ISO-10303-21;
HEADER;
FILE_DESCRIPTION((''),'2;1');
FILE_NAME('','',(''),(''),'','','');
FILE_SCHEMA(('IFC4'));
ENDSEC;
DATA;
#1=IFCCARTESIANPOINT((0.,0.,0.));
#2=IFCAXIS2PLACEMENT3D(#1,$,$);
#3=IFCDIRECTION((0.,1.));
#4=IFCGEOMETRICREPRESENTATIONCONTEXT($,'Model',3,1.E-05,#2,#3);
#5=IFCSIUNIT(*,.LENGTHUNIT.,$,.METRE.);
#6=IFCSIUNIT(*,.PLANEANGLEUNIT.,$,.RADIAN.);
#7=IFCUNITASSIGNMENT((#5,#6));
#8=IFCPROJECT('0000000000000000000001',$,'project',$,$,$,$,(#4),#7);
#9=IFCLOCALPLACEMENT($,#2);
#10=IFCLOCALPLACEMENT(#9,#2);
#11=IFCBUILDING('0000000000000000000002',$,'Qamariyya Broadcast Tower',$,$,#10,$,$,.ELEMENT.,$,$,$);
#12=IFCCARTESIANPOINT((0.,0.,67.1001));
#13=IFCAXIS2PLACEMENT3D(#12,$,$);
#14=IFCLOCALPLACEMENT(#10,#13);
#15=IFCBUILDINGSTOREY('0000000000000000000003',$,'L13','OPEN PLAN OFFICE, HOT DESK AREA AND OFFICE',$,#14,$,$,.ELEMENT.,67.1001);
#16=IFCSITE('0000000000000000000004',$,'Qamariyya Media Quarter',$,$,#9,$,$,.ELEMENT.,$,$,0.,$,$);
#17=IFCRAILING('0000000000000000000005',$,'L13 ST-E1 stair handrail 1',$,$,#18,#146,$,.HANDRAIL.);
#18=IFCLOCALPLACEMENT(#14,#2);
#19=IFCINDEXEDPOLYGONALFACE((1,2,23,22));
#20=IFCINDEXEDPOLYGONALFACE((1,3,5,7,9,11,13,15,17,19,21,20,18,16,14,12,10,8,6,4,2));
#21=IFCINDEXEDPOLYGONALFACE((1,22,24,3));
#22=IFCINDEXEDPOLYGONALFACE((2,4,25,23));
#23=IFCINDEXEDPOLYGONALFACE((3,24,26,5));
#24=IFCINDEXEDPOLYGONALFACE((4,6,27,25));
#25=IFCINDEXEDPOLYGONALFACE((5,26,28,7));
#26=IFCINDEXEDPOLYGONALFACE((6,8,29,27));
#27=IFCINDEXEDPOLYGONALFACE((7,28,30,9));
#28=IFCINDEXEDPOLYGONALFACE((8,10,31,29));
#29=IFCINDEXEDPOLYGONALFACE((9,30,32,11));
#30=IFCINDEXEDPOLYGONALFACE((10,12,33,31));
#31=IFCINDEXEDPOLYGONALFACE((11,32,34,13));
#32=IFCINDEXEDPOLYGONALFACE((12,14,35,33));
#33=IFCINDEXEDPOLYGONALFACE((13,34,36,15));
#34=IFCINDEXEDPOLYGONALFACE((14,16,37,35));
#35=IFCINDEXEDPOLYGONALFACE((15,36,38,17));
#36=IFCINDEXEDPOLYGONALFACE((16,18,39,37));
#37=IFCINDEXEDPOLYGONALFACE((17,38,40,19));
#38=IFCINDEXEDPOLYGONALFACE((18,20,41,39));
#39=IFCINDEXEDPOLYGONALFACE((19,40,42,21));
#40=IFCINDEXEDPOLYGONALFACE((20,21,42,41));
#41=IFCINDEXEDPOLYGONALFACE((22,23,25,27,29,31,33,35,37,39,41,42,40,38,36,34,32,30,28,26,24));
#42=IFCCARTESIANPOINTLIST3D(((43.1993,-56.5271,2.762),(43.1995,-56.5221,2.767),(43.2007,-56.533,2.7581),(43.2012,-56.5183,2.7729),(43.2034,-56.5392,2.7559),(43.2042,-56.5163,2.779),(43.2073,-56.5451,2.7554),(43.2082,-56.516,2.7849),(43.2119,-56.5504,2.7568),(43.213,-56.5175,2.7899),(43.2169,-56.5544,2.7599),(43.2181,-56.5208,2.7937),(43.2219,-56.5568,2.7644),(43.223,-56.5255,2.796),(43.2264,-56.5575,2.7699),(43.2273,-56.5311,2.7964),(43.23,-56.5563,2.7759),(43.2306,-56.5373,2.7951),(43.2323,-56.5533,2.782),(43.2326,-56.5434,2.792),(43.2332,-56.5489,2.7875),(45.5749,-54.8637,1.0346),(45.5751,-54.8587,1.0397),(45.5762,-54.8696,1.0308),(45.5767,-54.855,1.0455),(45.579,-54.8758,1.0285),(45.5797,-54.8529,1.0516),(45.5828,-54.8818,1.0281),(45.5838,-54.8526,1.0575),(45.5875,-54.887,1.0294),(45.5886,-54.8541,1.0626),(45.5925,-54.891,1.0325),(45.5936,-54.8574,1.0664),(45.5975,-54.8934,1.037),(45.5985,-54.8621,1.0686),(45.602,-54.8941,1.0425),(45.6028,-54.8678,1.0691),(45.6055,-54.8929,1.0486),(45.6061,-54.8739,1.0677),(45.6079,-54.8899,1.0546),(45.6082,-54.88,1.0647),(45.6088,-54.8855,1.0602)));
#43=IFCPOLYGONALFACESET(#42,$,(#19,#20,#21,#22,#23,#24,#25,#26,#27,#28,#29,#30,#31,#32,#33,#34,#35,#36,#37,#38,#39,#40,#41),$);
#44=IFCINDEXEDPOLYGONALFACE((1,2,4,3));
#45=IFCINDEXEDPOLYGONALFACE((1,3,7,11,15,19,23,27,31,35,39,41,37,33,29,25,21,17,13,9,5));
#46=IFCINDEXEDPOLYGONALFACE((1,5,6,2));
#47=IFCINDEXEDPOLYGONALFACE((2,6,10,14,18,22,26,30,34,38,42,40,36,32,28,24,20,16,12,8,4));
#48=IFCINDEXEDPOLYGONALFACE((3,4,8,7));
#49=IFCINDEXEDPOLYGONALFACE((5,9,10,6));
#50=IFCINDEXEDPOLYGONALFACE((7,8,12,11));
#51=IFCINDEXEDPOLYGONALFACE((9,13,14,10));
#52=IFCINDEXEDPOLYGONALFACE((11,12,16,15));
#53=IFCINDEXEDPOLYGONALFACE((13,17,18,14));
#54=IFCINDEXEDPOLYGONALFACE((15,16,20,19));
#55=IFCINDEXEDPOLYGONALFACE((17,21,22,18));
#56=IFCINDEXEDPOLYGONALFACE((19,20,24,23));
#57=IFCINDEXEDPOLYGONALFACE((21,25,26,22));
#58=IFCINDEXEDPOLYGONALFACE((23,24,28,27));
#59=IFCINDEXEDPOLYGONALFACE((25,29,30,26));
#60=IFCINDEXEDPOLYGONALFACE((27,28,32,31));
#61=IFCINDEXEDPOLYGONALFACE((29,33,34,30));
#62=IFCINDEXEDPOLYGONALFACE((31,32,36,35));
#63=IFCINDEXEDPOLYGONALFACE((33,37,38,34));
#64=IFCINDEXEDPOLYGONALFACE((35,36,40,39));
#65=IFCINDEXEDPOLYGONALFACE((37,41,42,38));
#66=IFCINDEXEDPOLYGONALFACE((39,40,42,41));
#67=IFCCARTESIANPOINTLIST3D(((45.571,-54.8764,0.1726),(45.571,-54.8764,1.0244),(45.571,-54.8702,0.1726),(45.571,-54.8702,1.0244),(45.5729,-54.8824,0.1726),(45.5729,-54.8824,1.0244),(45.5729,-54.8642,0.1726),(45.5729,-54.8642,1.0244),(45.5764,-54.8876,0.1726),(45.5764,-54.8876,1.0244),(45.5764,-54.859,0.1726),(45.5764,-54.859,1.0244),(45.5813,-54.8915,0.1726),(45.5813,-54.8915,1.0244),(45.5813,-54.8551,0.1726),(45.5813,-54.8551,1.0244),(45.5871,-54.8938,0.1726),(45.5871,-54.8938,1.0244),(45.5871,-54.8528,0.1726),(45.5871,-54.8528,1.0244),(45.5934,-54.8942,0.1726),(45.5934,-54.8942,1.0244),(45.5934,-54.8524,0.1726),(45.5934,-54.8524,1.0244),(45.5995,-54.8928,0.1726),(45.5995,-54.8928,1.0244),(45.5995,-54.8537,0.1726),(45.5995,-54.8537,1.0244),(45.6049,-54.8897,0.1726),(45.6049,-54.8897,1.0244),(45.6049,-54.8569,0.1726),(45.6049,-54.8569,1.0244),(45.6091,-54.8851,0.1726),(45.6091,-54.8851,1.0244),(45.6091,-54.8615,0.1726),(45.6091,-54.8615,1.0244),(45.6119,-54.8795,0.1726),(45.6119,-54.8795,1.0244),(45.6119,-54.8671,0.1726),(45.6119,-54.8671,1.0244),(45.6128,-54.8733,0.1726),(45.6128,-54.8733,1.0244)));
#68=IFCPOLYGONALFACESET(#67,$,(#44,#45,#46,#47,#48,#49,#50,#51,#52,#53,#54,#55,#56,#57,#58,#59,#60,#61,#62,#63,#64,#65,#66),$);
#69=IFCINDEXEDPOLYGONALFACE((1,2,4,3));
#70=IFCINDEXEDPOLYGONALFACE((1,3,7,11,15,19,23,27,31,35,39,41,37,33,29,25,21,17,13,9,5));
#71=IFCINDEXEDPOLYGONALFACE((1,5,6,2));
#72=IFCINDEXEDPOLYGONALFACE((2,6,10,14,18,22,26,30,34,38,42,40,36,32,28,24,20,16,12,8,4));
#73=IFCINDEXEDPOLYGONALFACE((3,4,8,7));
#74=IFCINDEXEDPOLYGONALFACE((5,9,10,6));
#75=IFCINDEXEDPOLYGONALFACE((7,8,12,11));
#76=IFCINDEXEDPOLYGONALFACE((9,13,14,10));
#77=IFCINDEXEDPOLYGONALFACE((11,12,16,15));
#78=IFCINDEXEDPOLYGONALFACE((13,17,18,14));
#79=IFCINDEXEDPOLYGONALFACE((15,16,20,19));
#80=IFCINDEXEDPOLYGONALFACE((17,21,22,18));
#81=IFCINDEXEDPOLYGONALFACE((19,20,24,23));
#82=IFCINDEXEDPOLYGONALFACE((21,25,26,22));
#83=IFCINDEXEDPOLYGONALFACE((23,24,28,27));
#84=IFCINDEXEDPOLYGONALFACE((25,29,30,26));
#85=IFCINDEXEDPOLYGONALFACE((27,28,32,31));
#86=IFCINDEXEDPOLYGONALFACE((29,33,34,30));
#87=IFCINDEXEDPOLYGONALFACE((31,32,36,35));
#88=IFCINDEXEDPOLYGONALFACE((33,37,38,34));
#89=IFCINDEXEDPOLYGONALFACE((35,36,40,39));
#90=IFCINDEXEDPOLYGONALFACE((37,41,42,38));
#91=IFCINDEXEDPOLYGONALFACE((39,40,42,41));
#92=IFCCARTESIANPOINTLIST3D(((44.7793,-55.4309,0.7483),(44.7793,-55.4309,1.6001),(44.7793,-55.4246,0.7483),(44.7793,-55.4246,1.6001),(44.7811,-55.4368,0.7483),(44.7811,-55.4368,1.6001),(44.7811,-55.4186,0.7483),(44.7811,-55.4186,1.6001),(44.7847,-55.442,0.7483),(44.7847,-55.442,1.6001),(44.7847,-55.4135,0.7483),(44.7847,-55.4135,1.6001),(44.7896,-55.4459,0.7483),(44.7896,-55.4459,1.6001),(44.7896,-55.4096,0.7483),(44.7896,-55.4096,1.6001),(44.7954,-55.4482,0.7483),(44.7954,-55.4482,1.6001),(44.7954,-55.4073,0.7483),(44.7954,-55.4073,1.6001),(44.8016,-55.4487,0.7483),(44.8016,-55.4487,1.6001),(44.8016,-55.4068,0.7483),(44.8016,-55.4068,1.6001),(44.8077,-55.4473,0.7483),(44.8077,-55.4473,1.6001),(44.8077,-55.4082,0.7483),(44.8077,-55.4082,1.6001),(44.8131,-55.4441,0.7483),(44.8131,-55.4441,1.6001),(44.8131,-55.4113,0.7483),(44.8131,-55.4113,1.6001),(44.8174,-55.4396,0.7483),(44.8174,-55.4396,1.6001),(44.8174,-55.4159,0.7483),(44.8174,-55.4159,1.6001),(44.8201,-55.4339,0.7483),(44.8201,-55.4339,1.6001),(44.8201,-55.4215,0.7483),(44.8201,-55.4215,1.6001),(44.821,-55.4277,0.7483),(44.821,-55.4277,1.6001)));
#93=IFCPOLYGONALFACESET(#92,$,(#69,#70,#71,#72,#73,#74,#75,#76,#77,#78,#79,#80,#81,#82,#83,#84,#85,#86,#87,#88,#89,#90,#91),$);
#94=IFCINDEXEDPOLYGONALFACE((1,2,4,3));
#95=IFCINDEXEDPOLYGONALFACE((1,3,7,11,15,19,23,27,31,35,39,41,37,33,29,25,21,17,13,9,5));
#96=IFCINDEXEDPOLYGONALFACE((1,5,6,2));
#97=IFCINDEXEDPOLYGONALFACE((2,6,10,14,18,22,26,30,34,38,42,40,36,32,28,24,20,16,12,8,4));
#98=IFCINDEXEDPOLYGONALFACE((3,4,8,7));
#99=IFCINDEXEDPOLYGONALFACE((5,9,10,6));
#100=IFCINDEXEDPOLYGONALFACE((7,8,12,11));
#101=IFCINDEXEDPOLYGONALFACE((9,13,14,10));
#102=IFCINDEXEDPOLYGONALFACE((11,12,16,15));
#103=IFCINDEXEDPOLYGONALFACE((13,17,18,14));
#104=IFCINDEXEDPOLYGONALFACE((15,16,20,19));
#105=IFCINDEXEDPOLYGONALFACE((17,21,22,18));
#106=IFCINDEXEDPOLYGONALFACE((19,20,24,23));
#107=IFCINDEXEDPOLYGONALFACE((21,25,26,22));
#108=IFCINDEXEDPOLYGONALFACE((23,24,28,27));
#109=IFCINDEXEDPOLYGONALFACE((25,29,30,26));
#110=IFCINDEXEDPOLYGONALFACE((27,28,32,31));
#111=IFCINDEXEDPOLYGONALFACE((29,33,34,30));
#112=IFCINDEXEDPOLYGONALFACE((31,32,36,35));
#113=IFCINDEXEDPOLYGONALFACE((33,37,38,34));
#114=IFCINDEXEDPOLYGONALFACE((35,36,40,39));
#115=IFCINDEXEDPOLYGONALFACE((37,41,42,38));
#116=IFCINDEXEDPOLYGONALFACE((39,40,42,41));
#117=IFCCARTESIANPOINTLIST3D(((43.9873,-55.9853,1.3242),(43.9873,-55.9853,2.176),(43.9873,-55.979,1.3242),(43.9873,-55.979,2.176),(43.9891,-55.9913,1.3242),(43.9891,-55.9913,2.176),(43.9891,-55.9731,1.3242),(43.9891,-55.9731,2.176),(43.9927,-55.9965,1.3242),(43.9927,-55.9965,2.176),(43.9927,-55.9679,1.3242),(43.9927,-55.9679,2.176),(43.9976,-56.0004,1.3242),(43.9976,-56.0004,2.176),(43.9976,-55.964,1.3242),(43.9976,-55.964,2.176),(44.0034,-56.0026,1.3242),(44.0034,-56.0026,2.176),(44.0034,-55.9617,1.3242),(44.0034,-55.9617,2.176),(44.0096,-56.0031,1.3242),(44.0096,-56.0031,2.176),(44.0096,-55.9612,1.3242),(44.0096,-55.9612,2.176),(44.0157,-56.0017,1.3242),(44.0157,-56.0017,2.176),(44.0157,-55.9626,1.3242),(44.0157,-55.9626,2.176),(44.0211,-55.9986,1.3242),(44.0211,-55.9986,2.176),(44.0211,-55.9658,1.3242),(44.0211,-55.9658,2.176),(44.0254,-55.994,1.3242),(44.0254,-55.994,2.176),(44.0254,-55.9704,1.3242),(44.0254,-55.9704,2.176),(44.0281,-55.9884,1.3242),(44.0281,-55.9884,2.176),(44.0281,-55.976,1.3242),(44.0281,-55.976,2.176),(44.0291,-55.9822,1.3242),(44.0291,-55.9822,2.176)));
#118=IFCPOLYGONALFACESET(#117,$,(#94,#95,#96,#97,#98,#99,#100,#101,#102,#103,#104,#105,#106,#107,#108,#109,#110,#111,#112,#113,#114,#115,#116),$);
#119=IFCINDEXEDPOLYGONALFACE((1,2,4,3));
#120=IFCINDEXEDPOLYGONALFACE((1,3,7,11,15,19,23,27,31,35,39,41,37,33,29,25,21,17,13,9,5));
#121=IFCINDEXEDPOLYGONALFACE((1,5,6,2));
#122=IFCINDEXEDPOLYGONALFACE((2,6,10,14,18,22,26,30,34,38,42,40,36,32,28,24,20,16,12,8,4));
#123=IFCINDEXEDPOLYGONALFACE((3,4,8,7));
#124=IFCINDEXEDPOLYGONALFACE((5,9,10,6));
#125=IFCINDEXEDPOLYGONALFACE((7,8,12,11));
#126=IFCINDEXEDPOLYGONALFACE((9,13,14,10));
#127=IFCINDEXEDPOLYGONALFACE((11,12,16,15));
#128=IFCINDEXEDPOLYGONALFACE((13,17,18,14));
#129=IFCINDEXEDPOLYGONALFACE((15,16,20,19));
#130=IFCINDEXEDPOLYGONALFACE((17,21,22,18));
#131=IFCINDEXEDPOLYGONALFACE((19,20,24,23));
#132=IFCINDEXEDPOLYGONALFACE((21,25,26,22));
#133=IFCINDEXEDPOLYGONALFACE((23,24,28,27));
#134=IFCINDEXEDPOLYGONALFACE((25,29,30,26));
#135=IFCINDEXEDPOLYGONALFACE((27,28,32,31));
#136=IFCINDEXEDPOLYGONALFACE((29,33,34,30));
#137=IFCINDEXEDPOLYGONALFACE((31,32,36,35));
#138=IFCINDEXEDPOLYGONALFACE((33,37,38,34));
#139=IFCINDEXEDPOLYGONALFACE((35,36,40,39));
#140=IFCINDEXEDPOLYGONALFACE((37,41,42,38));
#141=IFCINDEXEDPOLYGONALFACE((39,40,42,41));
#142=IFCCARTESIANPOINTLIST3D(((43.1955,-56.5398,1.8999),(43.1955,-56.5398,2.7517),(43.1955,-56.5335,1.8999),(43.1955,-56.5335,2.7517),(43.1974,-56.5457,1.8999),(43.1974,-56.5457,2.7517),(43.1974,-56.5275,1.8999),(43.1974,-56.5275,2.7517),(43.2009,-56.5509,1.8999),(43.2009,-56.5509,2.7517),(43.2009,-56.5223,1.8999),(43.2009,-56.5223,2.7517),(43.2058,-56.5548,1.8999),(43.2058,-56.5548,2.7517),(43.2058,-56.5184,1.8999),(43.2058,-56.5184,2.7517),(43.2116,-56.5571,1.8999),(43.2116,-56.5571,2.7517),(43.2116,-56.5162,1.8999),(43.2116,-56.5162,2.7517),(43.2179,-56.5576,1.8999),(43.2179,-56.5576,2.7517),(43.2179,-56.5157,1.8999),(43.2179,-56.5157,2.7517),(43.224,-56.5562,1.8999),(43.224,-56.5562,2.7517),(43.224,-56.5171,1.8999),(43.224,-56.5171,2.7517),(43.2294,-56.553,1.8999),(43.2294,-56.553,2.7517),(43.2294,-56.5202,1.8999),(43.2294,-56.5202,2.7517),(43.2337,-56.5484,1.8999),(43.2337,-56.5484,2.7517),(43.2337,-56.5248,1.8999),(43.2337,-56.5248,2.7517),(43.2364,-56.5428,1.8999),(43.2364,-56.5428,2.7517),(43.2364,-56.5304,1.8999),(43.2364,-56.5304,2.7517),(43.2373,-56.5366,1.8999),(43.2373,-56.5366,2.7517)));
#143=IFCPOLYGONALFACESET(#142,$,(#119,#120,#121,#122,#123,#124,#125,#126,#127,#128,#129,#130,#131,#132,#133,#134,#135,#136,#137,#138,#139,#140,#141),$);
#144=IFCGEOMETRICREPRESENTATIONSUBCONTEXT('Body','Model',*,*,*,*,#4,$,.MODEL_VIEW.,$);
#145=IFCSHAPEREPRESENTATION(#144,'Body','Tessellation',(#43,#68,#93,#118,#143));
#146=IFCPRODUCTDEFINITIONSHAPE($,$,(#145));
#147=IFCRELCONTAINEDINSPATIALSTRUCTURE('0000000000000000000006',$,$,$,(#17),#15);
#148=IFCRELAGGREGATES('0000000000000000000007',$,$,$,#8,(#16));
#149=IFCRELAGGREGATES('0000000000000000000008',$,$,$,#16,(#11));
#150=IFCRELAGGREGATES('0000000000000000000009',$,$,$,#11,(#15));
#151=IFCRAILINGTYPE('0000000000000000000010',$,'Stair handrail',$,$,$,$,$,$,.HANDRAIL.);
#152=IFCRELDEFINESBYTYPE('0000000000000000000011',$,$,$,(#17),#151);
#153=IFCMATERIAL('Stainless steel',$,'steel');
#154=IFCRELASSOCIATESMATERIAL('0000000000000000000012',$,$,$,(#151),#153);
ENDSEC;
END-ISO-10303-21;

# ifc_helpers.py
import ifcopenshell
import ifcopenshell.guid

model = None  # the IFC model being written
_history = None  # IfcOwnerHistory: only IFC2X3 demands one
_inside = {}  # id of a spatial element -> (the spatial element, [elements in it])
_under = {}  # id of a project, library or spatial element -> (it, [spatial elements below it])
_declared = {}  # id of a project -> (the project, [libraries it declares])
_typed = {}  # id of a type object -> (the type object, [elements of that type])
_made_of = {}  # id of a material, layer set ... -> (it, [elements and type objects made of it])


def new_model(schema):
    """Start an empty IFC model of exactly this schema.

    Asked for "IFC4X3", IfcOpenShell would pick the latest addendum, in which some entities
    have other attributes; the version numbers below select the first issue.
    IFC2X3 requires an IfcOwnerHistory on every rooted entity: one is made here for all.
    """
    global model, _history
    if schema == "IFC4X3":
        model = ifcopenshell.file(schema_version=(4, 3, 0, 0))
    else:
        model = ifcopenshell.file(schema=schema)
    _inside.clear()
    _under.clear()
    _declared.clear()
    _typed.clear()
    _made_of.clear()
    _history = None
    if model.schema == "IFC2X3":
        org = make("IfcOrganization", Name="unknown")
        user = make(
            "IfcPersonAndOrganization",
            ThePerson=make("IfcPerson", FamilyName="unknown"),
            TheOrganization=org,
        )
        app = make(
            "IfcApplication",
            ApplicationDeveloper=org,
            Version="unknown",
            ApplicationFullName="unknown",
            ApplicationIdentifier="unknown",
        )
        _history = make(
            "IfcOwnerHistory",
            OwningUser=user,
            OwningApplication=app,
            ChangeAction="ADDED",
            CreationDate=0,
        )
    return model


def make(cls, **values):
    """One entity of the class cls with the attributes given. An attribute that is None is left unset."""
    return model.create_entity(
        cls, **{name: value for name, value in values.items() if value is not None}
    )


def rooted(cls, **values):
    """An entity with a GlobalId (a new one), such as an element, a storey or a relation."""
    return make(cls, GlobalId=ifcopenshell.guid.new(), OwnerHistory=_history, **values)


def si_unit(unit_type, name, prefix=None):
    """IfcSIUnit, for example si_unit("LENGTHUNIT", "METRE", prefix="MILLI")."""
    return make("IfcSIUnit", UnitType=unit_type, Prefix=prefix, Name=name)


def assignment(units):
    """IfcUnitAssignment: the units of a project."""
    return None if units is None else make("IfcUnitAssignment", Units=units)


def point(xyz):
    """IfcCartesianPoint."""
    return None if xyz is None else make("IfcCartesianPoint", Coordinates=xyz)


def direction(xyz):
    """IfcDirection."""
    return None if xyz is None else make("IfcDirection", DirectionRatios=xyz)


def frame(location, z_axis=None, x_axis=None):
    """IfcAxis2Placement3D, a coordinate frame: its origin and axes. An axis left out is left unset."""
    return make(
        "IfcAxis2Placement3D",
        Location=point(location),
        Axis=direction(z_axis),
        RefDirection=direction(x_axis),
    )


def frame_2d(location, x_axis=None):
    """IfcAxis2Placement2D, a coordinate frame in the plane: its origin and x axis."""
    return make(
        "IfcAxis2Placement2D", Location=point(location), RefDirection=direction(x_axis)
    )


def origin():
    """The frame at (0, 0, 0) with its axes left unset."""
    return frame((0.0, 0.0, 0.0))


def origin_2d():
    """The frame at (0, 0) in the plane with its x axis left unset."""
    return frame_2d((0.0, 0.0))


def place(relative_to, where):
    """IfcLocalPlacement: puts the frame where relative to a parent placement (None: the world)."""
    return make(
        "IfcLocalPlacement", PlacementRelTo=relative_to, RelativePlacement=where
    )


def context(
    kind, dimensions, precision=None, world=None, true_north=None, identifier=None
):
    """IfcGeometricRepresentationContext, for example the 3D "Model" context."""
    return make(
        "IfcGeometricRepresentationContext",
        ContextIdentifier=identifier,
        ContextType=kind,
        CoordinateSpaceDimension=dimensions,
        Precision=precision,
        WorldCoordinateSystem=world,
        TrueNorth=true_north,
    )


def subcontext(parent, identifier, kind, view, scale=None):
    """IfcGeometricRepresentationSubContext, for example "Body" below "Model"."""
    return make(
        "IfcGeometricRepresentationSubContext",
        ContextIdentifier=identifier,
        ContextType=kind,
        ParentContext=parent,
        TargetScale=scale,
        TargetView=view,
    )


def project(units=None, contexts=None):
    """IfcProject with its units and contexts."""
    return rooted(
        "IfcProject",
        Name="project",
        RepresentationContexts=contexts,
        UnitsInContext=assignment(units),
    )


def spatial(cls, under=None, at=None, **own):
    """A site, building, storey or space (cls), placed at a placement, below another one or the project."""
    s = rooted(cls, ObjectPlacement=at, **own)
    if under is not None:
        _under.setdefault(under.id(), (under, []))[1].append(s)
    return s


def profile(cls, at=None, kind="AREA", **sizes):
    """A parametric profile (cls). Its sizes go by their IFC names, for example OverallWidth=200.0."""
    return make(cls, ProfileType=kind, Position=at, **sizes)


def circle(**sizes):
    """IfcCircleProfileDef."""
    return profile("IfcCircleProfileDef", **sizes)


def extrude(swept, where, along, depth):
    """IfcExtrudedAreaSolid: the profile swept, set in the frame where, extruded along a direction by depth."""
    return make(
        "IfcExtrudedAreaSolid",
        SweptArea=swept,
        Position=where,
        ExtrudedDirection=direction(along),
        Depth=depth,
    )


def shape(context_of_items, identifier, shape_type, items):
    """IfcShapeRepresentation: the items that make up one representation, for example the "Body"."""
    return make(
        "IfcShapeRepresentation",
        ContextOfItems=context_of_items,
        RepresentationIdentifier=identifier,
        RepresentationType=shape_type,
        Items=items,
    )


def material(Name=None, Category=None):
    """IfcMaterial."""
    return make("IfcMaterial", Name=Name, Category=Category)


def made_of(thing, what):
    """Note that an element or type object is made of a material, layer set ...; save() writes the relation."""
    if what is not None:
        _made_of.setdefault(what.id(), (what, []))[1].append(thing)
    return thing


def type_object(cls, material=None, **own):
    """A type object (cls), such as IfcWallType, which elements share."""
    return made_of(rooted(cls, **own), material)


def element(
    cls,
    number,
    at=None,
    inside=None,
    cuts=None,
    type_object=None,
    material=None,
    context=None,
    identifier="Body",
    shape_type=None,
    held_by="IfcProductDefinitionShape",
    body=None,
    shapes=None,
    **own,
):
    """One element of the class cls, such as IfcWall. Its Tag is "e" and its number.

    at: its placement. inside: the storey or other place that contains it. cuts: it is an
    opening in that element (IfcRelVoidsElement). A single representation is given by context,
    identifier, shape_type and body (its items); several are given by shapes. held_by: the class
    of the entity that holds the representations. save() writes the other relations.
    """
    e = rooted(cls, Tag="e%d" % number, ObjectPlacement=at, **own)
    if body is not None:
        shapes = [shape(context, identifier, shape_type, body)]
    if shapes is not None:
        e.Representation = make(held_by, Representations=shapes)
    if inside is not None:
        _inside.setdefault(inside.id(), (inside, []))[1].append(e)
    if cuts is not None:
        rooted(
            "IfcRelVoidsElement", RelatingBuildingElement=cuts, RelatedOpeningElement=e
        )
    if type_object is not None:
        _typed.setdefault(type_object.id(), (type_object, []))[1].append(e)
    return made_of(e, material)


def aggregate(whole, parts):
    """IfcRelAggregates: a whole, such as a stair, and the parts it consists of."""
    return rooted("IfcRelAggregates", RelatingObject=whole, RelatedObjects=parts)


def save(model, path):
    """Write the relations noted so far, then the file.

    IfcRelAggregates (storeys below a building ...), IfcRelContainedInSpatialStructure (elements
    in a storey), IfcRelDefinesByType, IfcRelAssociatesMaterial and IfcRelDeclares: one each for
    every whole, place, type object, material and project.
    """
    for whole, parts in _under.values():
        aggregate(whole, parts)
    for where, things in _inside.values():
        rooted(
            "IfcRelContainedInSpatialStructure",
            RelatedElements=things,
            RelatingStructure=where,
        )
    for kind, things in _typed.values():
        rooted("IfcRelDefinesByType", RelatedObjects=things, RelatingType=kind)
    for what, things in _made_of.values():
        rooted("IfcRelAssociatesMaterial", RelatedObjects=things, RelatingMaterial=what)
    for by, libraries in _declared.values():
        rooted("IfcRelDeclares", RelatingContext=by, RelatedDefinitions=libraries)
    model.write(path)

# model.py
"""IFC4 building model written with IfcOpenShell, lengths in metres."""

from ifc_helpers import new_model, si_unit, direction, frame, origin, origin_2d, place, context, subcontext, project, spatial, circle, extrude, material, type_object, element, save


model = new_model("IFC4")

# Units and contexts
model_context = context("Model", 3, precision=1e-05, world=origin(), true_north=direction((0.0, 1.0)))
body_context = subcontext(model_context, "Body", "Model", "MODEL_VIEW")
ifc_project = project(units=[si_unit("LENGTHUNIT", "METRE"), si_unit("PLANEANGLEUNIT", "RADIAN")], contexts=[model_context])

# Site, building, storey
site_placement = place(None, origin())
site = spatial("IfcSite", under=ifc_project, at=site_placement, Name="Qamariyya Media Quarter", CompositionType="ELEMENT", RefElevation=0.0)
building_placement = place(site_placement, origin())
building = spatial("IfcBuilding", under=site, at=building_placement, Name="Qamariyya Broadcast Tower", CompositionType="ELEMENT")
storey_placement = place(building_placement, frame((0.0, 0.0, 67.1001)))
storey = spatial("IfcBuildingStorey", under=building, at=storey_placement, Name="L13", Description="OPEN PLAN OFFICE, HOT DESK AREA AND OFFICE", CompositionType="ELEMENT", Elevation=67.1001)

# Railing
ifc_material_1 = material(Name="Stainless steel", Category="steel")
railing_type_1 = type_object("IfcRailingType", Name="Stair handrail", PredefinedType="HANDRAIL", material=ifc_material_1)
railing_1_placement = place(storey_placement, frame((45.5918, -54.8733, 0.1726)))
element("IfcRailing", 1, at=railing_1_placement, inside=storey, type_object=railing_type_1, Name="L13 ST-E1 stair handrail 1", PredefinedType="HANDRAIL", context=body_context, shape_type="SweptSolid", body=[
    extrude(circle(Radius=0.0239, at=origin_2d()), frame((0.0, 0.0, 0.876), z_axis=(-0.70377, -0.492784, 0.511734), x_axis=(0.573575, -0.819153, 0.0)), (0.0, 0.0, 1.0), 3.3755),
    extrude(circle(Radius=0.021, at=origin_2d()), origin(), (0.0, 0.0, 1.0), 0.8518),
    extrude(circle(Radius=0.021, at=origin_2d()), frame((-0.7917, -0.5544, 0.5757)), (0.0, 0.0, 1.0), 0.8518),
    extrude(circle(Radius=0.021, at=origin_2d()), frame((-1.5837, -1.1089, 1.1516)), (0.0, 0.0, 1.0), 0.8518),
    extrude(circle(Radius=0.021, at=origin_2d()), frame((-2.3755, -1.6633, 1.7273)), (0.0, 0.0, 1.0), 0.8518),
])

save(model, "model.ifc")
